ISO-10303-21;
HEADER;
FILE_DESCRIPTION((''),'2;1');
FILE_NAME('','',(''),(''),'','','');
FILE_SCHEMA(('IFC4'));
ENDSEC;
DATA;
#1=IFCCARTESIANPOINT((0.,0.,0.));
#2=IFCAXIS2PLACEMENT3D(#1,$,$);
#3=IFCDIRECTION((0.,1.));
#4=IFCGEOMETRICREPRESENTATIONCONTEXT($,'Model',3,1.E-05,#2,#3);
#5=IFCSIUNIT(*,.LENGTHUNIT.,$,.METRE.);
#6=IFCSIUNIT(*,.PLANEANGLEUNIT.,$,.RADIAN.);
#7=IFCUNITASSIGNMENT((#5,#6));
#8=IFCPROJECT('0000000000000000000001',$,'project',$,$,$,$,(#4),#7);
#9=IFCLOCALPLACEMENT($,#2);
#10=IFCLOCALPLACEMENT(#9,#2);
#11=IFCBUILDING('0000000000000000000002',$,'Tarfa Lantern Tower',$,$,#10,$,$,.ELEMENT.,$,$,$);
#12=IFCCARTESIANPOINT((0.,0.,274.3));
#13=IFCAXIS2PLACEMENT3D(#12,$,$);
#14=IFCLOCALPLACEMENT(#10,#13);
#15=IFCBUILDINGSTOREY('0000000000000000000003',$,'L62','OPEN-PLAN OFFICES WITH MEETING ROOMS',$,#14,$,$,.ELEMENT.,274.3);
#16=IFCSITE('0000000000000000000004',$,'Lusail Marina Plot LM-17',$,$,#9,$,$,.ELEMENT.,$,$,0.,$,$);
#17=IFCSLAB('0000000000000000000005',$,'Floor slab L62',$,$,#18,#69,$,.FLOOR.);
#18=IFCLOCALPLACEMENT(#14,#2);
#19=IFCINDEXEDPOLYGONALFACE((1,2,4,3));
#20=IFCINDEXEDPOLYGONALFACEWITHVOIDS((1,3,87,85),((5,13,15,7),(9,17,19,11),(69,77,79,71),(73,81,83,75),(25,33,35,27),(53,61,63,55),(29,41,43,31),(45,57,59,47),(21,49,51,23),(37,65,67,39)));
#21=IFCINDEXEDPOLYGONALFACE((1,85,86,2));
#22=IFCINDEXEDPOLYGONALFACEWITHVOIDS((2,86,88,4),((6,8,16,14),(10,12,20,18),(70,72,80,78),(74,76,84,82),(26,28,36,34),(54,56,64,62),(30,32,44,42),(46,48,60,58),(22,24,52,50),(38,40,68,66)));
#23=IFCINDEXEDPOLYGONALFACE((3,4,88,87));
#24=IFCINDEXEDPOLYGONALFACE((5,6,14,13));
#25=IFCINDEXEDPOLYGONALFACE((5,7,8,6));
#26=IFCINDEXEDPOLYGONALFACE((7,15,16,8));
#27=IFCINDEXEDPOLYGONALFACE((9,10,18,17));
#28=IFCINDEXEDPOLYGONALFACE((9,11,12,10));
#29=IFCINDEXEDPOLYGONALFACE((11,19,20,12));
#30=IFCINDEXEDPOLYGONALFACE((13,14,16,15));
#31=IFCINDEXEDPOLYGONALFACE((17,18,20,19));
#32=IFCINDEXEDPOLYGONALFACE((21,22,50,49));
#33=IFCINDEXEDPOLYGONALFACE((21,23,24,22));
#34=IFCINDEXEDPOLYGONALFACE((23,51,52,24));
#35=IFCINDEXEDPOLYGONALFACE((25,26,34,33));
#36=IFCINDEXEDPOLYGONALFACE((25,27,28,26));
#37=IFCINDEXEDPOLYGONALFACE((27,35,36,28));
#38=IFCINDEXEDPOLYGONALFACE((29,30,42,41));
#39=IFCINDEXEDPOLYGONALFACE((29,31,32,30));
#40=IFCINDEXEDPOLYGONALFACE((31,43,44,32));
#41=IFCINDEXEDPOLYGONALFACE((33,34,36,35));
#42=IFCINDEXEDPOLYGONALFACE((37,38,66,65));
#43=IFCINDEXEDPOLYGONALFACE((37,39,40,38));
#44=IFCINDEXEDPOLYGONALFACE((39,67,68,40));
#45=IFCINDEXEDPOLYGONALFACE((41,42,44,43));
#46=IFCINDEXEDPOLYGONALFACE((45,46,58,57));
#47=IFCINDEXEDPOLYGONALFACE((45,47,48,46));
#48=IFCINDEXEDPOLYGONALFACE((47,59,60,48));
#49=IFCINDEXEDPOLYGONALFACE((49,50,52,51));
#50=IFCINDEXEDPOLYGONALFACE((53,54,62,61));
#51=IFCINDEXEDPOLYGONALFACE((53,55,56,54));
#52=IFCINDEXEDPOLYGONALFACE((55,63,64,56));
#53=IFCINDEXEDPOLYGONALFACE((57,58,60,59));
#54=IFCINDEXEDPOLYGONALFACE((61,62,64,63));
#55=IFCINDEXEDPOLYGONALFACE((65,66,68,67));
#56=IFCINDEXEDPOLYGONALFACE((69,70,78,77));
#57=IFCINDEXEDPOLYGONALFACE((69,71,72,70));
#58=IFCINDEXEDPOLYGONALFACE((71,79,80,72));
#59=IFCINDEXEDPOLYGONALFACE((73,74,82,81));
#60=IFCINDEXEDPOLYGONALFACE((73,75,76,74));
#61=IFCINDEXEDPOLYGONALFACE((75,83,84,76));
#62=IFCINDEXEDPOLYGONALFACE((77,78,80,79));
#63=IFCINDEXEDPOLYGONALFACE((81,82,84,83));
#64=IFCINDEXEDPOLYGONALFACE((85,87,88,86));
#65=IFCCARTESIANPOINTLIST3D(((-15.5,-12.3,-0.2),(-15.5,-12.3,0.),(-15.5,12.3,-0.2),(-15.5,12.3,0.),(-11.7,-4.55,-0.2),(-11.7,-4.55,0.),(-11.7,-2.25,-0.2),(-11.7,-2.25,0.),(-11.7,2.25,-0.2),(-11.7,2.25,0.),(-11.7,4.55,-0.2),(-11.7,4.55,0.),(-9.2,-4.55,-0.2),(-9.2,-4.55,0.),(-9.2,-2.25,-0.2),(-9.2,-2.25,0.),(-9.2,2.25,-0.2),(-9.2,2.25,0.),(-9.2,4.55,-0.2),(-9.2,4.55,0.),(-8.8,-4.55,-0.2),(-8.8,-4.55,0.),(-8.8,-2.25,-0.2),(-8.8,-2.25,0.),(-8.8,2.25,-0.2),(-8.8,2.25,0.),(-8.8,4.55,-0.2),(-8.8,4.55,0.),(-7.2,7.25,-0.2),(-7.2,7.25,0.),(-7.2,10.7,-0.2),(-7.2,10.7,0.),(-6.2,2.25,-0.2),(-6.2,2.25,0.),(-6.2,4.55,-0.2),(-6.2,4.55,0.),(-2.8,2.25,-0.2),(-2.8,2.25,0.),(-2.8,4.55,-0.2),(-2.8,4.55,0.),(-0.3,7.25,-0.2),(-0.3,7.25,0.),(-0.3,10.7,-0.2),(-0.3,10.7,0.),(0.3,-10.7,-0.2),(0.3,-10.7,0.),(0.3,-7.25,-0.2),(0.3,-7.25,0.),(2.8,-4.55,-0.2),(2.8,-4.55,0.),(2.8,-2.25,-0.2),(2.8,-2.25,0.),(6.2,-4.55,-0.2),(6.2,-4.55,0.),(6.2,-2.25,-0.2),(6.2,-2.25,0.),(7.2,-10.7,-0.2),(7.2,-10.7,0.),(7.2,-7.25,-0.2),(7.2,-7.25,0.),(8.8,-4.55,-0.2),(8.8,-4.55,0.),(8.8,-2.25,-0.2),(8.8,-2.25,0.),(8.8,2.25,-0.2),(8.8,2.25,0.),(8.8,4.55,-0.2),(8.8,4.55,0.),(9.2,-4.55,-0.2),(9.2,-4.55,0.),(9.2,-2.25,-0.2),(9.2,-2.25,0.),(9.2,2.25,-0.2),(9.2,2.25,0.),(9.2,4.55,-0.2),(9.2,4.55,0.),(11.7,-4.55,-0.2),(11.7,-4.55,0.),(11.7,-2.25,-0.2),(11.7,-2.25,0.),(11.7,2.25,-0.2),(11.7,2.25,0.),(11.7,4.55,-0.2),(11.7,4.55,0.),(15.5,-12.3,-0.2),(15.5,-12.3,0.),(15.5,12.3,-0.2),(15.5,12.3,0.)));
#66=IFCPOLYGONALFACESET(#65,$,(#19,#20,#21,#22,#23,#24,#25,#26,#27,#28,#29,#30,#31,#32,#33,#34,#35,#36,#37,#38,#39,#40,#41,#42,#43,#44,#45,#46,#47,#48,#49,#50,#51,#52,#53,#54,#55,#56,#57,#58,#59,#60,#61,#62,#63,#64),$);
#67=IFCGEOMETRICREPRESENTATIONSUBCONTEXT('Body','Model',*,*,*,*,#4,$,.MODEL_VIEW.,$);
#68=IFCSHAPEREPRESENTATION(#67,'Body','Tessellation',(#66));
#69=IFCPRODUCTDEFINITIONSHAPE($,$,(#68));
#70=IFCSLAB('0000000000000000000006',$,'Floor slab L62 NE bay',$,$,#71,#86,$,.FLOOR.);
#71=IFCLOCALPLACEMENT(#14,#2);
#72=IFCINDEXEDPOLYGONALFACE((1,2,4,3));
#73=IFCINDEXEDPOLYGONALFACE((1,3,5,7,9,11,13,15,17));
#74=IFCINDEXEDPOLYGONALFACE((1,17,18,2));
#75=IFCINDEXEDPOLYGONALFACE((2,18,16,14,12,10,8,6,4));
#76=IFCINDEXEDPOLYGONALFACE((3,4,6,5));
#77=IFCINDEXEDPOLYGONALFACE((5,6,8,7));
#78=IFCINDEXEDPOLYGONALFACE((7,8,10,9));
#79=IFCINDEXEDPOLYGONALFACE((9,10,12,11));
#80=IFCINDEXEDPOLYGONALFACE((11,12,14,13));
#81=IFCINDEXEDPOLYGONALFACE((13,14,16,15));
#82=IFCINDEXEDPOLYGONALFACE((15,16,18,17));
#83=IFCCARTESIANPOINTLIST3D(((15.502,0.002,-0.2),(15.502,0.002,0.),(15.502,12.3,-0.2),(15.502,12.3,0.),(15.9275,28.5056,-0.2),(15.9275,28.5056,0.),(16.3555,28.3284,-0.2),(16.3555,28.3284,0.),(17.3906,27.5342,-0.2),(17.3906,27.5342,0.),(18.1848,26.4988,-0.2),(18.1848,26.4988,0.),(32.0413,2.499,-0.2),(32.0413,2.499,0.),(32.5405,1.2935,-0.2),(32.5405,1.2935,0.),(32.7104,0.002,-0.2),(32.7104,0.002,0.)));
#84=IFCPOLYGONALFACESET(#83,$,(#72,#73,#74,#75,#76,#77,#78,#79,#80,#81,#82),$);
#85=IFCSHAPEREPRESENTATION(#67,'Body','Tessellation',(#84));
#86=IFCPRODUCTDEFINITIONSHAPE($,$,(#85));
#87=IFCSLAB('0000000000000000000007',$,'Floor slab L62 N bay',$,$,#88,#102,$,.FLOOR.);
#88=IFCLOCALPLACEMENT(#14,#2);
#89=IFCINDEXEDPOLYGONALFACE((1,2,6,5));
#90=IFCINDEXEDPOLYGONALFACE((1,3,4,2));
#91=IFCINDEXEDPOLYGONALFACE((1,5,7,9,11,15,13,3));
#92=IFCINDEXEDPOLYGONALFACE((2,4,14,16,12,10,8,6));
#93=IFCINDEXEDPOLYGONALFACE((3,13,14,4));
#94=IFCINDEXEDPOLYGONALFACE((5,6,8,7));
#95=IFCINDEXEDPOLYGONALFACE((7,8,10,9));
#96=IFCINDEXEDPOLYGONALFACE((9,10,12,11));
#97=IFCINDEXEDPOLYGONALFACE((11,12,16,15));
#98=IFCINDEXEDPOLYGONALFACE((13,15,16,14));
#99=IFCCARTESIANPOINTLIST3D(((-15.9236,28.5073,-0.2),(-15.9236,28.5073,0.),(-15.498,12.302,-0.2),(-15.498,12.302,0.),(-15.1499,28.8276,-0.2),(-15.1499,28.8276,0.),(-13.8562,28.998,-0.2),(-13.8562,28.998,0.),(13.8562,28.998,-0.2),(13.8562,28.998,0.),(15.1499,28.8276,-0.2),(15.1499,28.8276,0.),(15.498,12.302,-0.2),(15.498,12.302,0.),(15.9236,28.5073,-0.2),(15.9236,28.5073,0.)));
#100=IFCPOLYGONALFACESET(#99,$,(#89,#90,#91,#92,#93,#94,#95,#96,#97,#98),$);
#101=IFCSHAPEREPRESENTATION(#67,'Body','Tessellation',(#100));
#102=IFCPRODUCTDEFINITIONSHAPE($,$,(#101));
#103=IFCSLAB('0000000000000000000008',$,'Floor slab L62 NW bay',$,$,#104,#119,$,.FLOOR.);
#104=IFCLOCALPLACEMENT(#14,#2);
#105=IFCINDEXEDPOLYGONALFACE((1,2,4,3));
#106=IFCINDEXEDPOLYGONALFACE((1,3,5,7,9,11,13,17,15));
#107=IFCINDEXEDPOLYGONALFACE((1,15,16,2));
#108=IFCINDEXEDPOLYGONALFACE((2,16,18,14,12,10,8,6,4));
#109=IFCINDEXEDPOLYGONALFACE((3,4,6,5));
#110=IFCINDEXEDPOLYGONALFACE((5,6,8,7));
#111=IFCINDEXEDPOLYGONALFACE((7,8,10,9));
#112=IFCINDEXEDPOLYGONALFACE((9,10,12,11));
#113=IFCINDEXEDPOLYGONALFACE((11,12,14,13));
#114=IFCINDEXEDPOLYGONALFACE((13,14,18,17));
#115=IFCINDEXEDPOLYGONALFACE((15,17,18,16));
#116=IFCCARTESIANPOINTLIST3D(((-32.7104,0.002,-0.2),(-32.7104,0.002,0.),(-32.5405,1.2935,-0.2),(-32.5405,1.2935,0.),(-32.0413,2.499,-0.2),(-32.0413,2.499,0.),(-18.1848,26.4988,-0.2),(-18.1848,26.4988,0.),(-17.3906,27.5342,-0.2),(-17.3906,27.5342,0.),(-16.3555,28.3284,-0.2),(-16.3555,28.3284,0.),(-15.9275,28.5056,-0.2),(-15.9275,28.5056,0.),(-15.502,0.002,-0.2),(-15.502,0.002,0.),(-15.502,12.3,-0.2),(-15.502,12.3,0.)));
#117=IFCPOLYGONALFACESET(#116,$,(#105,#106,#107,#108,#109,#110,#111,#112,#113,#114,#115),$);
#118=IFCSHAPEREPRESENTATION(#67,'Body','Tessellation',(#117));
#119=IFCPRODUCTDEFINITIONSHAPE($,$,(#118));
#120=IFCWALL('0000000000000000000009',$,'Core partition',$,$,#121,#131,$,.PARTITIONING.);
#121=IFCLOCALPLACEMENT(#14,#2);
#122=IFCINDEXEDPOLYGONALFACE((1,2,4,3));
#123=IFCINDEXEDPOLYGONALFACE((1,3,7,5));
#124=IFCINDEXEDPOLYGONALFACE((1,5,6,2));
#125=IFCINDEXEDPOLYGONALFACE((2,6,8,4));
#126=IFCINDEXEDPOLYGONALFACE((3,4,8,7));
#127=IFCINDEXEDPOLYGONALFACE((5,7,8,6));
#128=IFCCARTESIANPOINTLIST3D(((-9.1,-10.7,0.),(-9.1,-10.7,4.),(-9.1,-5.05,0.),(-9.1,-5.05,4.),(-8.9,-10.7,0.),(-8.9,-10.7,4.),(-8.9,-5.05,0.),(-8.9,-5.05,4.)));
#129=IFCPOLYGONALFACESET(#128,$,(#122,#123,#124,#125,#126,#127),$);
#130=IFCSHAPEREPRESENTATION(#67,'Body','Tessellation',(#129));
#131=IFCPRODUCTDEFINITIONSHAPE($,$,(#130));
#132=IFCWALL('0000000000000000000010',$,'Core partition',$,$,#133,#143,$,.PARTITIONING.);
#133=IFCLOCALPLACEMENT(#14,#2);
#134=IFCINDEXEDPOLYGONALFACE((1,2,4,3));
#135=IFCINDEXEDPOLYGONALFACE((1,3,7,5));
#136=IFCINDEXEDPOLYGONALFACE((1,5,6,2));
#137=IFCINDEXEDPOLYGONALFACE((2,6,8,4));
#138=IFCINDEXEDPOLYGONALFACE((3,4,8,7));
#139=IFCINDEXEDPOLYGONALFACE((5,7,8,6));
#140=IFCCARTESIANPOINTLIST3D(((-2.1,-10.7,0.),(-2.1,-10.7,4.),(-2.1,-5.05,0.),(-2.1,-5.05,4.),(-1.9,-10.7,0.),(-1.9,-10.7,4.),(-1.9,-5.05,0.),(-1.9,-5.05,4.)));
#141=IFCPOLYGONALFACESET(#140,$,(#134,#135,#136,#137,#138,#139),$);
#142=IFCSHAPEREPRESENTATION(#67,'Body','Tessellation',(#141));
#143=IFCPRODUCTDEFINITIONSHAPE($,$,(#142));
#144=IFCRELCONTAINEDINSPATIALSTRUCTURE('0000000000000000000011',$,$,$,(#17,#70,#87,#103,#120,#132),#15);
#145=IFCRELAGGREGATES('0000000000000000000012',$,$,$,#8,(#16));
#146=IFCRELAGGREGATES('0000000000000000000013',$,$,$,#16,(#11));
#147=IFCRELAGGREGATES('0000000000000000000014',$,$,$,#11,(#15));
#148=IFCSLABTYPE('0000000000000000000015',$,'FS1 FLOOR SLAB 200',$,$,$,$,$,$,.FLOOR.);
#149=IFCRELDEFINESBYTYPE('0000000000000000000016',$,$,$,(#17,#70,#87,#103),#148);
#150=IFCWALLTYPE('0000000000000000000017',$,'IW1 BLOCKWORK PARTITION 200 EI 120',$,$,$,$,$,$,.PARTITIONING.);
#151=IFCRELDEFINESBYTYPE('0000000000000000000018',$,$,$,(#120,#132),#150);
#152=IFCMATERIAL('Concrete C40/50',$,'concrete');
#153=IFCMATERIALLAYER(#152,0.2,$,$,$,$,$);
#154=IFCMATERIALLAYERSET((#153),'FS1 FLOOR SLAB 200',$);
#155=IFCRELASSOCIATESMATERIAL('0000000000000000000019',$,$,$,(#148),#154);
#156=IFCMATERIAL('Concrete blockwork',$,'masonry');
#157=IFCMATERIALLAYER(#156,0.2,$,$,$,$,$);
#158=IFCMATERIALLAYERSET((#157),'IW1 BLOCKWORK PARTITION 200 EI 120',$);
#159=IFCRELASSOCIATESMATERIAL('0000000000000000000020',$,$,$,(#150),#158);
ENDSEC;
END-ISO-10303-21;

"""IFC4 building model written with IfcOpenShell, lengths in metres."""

from ifc_helpers import new_model, si_unit, direction, frame, frame_2d, origin, place, context, subcontext, project, spatial, polyline, rectangle, outline, extrude, material, layer, layer_set, type_object, element, save


model = new_model("IFC4")

# Units and contexts
model_context = context("Model", 3, precision=1e-05, world=origin(), true_north=direction((0.0, 1.0)))
body_context = subcontext(model_context, "Body", "Model", "MODEL_VIEW")
ifc_project = project(units=[si_unit("LENGTHUNIT", "METRE"), si_unit("PLANEANGLEUNIT", "RADIAN")], contexts=[model_context])

# Site, building, storey
site_placement = place(None, origin())
site = spatial("IfcSite", under=ifc_project, at=site_placement, Name="Lusail Marina Plot LM-17", CompositionType="ELEMENT", RefElevation=0.0)
building_placement = place(site_placement, origin())
building = spatial("IfcBuilding", under=site, at=building_placement, Name="Tarfa Lantern Tower", CompositionType="ELEMENT")
storey_placement = place(building_placement, frame((0.0, 0.0, 274.3)))
storey = spatial("IfcBuildingStorey", under=building, at=storey_placement, Name="L62", Description="OPEN-PLAN OFFICES WITH MEETING ROOMS", CompositionType="ELEMENT", Elevation=274.3)

# Slabs
ifc_material_1 = material(Name="Concrete C40/50", Category="concrete")
ifc_layer_1 = layer(ifc_material_1, 0.2)
ifc_layer_set_1 = layer_set([ifc_layer_1], Name="FS1 FLOOR SLAB 200")
slab_type = type_object("IfcSlabType", Name="FS1 FLOOR SLAB 200", PredefinedType="FLOOR", material=ifc_layer_set_1)
slab_1_placement = place(storey_placement, frame((0.0, 0.0, -0.2)))
element("IfcSlab", 1, at=slab_1_placement, inside=storey, type_object=slab_type, Name="Floor slab L62", PredefinedType="FLOOR", context=body_context, shape_type="SweptSolid", body=[
    extrude(outline(polyline([(-15.5, -12.3), (15.5, -12.3), (15.5, 12.3), (-15.5, 12.3), (-15.5, -12.3)]), holes=[polyline([(-11.7, 2.25), (-9.2, 2.25), (-9.2, 4.55), (-11.7, 4.55), (-11.7, 2.25)]), polyline([(-8.8, 2.25), (-6.2, 2.25), (-6.2, 4.55), (-8.8, 4.55), (-8.8, 2.25)]), polyline([(-2.8, 2.25), (8.8, 2.25), (8.8, 4.55), (-2.8, 4.55), (-2.8, 2.25)]), polyline([(9.2, 2.25), (11.7, 2.25), (11.7, 4.55), (9.2, 4.55), (9.2, 2.25)]), polyline([(11.7, -2.25), (9.2, -2.25), (9.2, -4.55), (11.7, -4.55), (11.7, -2.25)]), polyline([(8.8, -2.25), (6.2, -2.25), (6.2, -4.55), (8.8, -4.55), (8.8, -2.25)]), polyline([(2.8, -2.25), (-8.8, -2.25), (-8.8, -4.55), (2.8, -4.55), (2.8, -2.25)]), polyline([(-9.2, -2.25), (-11.7, -2.25), (-11.7, -4.55), (-9.2, -4.55), (-9.2, -2.25)]), polyline([(-7.2, 7.25), (-0.3, 7.25), (-0.3, 10.7), (-7.2, 10.7), (-7.2, 7.25)]), polyline([(7.2, -7.25), (0.3, -7.25), (0.3, -10.7), (7.2, -10.7), (7.2, -7.25)])]), origin(), (0.0, 0.0, 1.0), 0.2),
])
slab_2_placement = place(storey_placement, frame((0.0, 0.0, -0.2)))
element("IfcSlab", 2, at=slab_2_placement, inside=storey, type_object=slab_type, Name="Floor slab L62 NE bay", PredefinedType="FLOOR", context=body_context, shape_type="SweptSolid", body=[
    extrude(outline(polyline([(32.0413, 2.499), (18.1848, 26.4988), (17.3906, 27.5342), (16.3555, 28.3284), (15.9275, 28.5056), (15.502, 12.3), (15.502, 0.002), (32.7104, 0.002), (32.5405, 1.2935), (32.0413, 2.499)])), origin(), (0.0, 0.0, 1.0), 0.2),
])
slab_3_placement = place(storey_placement, frame((0.0, 0.0, -0.2)))
element("IfcSlab", 3, at=slab_3_placement, inside=storey, type_object=slab_type, Name="Floor slab L62 N bay", PredefinedType="FLOOR", context=body_context, shape_type="SweptSolid", body=[
    extrude(outline(polyline([(-15.498, 12.302), (15.498, 12.302), (15.9236, 28.5073), (15.1499, 28.8276), (13.8562, 28.998), (-13.8562, 28.998), (-15.1499, 28.8276), (-15.9236, 28.5073), (-15.498, 12.302)])), origin(), (0.0, 0.0, 1.0), 0.2),
])
slab_4_placement = place(storey_placement, frame((0.0, 0.0, -0.2)))
element("IfcSlab", 4, at=slab_4_placement, inside=storey, type_object=slab_type, Name="Floor slab L62 NW bay", PredefinedType="FLOOR", context=body_context, shape_type="SweptSolid", body=[
    extrude(outline(polyline([(-15.502, 0.002), (-15.502, 12.3), (-15.9275, 28.5056), (-16.3555, 28.3284), (-17.3906, 27.5342), (-18.1848, 26.4988), (-32.0413, 2.499), (-32.5405, 1.2935), (-32.7104, 0.002), (-15.502, 0.002)])), origin(), (0.0, 0.0, 1.0), 0.2),
])

# Walls
ifc_material_2 = material(Name="Concrete blockwork", Category="masonry")
ifc_layer_2 = layer(ifc_material_2, 0.2)
ifc_layer_set_2 = layer_set([ifc_layer_2], Name="IW1 BLOCKWORK PARTITION 200 EI 120")
wall_type_1 = type_object("IfcWallType", Name="IW1 BLOCKWORK PARTITION 200 EI 120", PredefinedType="PARTITIONING", material=ifc_layer_set_2)
for number, where, z_axis, x_axis, name in (
    (5, (-9.0, -5.05, 0.0), (0.0, 0.0, 1.0), (0.0, -1.0, 0.0), "Core partition"),
    (6, (-2.0, -5.05, 0.0), (0.0, 0.0, 1.0), (0.0, -1.0, 0.0), "Core partition"),
):
    element("IfcWall", number, at=place(storey_placement, frame(where, z_axis=z_axis, x_axis=x_axis)), inside=storey, type_object=wall_type_1, Name=name, PredefinedType="PARTITIONING", context=body_context, shape_type="SweptSolid", body=[
        extrude(rectangle(XDim=5.6499, YDim=0.2, at=frame_2d((2.825, 0.0))), origin(), (0.0, 0.0, 1.0), 4.0),
    ])

save(model, "model.ifc")
